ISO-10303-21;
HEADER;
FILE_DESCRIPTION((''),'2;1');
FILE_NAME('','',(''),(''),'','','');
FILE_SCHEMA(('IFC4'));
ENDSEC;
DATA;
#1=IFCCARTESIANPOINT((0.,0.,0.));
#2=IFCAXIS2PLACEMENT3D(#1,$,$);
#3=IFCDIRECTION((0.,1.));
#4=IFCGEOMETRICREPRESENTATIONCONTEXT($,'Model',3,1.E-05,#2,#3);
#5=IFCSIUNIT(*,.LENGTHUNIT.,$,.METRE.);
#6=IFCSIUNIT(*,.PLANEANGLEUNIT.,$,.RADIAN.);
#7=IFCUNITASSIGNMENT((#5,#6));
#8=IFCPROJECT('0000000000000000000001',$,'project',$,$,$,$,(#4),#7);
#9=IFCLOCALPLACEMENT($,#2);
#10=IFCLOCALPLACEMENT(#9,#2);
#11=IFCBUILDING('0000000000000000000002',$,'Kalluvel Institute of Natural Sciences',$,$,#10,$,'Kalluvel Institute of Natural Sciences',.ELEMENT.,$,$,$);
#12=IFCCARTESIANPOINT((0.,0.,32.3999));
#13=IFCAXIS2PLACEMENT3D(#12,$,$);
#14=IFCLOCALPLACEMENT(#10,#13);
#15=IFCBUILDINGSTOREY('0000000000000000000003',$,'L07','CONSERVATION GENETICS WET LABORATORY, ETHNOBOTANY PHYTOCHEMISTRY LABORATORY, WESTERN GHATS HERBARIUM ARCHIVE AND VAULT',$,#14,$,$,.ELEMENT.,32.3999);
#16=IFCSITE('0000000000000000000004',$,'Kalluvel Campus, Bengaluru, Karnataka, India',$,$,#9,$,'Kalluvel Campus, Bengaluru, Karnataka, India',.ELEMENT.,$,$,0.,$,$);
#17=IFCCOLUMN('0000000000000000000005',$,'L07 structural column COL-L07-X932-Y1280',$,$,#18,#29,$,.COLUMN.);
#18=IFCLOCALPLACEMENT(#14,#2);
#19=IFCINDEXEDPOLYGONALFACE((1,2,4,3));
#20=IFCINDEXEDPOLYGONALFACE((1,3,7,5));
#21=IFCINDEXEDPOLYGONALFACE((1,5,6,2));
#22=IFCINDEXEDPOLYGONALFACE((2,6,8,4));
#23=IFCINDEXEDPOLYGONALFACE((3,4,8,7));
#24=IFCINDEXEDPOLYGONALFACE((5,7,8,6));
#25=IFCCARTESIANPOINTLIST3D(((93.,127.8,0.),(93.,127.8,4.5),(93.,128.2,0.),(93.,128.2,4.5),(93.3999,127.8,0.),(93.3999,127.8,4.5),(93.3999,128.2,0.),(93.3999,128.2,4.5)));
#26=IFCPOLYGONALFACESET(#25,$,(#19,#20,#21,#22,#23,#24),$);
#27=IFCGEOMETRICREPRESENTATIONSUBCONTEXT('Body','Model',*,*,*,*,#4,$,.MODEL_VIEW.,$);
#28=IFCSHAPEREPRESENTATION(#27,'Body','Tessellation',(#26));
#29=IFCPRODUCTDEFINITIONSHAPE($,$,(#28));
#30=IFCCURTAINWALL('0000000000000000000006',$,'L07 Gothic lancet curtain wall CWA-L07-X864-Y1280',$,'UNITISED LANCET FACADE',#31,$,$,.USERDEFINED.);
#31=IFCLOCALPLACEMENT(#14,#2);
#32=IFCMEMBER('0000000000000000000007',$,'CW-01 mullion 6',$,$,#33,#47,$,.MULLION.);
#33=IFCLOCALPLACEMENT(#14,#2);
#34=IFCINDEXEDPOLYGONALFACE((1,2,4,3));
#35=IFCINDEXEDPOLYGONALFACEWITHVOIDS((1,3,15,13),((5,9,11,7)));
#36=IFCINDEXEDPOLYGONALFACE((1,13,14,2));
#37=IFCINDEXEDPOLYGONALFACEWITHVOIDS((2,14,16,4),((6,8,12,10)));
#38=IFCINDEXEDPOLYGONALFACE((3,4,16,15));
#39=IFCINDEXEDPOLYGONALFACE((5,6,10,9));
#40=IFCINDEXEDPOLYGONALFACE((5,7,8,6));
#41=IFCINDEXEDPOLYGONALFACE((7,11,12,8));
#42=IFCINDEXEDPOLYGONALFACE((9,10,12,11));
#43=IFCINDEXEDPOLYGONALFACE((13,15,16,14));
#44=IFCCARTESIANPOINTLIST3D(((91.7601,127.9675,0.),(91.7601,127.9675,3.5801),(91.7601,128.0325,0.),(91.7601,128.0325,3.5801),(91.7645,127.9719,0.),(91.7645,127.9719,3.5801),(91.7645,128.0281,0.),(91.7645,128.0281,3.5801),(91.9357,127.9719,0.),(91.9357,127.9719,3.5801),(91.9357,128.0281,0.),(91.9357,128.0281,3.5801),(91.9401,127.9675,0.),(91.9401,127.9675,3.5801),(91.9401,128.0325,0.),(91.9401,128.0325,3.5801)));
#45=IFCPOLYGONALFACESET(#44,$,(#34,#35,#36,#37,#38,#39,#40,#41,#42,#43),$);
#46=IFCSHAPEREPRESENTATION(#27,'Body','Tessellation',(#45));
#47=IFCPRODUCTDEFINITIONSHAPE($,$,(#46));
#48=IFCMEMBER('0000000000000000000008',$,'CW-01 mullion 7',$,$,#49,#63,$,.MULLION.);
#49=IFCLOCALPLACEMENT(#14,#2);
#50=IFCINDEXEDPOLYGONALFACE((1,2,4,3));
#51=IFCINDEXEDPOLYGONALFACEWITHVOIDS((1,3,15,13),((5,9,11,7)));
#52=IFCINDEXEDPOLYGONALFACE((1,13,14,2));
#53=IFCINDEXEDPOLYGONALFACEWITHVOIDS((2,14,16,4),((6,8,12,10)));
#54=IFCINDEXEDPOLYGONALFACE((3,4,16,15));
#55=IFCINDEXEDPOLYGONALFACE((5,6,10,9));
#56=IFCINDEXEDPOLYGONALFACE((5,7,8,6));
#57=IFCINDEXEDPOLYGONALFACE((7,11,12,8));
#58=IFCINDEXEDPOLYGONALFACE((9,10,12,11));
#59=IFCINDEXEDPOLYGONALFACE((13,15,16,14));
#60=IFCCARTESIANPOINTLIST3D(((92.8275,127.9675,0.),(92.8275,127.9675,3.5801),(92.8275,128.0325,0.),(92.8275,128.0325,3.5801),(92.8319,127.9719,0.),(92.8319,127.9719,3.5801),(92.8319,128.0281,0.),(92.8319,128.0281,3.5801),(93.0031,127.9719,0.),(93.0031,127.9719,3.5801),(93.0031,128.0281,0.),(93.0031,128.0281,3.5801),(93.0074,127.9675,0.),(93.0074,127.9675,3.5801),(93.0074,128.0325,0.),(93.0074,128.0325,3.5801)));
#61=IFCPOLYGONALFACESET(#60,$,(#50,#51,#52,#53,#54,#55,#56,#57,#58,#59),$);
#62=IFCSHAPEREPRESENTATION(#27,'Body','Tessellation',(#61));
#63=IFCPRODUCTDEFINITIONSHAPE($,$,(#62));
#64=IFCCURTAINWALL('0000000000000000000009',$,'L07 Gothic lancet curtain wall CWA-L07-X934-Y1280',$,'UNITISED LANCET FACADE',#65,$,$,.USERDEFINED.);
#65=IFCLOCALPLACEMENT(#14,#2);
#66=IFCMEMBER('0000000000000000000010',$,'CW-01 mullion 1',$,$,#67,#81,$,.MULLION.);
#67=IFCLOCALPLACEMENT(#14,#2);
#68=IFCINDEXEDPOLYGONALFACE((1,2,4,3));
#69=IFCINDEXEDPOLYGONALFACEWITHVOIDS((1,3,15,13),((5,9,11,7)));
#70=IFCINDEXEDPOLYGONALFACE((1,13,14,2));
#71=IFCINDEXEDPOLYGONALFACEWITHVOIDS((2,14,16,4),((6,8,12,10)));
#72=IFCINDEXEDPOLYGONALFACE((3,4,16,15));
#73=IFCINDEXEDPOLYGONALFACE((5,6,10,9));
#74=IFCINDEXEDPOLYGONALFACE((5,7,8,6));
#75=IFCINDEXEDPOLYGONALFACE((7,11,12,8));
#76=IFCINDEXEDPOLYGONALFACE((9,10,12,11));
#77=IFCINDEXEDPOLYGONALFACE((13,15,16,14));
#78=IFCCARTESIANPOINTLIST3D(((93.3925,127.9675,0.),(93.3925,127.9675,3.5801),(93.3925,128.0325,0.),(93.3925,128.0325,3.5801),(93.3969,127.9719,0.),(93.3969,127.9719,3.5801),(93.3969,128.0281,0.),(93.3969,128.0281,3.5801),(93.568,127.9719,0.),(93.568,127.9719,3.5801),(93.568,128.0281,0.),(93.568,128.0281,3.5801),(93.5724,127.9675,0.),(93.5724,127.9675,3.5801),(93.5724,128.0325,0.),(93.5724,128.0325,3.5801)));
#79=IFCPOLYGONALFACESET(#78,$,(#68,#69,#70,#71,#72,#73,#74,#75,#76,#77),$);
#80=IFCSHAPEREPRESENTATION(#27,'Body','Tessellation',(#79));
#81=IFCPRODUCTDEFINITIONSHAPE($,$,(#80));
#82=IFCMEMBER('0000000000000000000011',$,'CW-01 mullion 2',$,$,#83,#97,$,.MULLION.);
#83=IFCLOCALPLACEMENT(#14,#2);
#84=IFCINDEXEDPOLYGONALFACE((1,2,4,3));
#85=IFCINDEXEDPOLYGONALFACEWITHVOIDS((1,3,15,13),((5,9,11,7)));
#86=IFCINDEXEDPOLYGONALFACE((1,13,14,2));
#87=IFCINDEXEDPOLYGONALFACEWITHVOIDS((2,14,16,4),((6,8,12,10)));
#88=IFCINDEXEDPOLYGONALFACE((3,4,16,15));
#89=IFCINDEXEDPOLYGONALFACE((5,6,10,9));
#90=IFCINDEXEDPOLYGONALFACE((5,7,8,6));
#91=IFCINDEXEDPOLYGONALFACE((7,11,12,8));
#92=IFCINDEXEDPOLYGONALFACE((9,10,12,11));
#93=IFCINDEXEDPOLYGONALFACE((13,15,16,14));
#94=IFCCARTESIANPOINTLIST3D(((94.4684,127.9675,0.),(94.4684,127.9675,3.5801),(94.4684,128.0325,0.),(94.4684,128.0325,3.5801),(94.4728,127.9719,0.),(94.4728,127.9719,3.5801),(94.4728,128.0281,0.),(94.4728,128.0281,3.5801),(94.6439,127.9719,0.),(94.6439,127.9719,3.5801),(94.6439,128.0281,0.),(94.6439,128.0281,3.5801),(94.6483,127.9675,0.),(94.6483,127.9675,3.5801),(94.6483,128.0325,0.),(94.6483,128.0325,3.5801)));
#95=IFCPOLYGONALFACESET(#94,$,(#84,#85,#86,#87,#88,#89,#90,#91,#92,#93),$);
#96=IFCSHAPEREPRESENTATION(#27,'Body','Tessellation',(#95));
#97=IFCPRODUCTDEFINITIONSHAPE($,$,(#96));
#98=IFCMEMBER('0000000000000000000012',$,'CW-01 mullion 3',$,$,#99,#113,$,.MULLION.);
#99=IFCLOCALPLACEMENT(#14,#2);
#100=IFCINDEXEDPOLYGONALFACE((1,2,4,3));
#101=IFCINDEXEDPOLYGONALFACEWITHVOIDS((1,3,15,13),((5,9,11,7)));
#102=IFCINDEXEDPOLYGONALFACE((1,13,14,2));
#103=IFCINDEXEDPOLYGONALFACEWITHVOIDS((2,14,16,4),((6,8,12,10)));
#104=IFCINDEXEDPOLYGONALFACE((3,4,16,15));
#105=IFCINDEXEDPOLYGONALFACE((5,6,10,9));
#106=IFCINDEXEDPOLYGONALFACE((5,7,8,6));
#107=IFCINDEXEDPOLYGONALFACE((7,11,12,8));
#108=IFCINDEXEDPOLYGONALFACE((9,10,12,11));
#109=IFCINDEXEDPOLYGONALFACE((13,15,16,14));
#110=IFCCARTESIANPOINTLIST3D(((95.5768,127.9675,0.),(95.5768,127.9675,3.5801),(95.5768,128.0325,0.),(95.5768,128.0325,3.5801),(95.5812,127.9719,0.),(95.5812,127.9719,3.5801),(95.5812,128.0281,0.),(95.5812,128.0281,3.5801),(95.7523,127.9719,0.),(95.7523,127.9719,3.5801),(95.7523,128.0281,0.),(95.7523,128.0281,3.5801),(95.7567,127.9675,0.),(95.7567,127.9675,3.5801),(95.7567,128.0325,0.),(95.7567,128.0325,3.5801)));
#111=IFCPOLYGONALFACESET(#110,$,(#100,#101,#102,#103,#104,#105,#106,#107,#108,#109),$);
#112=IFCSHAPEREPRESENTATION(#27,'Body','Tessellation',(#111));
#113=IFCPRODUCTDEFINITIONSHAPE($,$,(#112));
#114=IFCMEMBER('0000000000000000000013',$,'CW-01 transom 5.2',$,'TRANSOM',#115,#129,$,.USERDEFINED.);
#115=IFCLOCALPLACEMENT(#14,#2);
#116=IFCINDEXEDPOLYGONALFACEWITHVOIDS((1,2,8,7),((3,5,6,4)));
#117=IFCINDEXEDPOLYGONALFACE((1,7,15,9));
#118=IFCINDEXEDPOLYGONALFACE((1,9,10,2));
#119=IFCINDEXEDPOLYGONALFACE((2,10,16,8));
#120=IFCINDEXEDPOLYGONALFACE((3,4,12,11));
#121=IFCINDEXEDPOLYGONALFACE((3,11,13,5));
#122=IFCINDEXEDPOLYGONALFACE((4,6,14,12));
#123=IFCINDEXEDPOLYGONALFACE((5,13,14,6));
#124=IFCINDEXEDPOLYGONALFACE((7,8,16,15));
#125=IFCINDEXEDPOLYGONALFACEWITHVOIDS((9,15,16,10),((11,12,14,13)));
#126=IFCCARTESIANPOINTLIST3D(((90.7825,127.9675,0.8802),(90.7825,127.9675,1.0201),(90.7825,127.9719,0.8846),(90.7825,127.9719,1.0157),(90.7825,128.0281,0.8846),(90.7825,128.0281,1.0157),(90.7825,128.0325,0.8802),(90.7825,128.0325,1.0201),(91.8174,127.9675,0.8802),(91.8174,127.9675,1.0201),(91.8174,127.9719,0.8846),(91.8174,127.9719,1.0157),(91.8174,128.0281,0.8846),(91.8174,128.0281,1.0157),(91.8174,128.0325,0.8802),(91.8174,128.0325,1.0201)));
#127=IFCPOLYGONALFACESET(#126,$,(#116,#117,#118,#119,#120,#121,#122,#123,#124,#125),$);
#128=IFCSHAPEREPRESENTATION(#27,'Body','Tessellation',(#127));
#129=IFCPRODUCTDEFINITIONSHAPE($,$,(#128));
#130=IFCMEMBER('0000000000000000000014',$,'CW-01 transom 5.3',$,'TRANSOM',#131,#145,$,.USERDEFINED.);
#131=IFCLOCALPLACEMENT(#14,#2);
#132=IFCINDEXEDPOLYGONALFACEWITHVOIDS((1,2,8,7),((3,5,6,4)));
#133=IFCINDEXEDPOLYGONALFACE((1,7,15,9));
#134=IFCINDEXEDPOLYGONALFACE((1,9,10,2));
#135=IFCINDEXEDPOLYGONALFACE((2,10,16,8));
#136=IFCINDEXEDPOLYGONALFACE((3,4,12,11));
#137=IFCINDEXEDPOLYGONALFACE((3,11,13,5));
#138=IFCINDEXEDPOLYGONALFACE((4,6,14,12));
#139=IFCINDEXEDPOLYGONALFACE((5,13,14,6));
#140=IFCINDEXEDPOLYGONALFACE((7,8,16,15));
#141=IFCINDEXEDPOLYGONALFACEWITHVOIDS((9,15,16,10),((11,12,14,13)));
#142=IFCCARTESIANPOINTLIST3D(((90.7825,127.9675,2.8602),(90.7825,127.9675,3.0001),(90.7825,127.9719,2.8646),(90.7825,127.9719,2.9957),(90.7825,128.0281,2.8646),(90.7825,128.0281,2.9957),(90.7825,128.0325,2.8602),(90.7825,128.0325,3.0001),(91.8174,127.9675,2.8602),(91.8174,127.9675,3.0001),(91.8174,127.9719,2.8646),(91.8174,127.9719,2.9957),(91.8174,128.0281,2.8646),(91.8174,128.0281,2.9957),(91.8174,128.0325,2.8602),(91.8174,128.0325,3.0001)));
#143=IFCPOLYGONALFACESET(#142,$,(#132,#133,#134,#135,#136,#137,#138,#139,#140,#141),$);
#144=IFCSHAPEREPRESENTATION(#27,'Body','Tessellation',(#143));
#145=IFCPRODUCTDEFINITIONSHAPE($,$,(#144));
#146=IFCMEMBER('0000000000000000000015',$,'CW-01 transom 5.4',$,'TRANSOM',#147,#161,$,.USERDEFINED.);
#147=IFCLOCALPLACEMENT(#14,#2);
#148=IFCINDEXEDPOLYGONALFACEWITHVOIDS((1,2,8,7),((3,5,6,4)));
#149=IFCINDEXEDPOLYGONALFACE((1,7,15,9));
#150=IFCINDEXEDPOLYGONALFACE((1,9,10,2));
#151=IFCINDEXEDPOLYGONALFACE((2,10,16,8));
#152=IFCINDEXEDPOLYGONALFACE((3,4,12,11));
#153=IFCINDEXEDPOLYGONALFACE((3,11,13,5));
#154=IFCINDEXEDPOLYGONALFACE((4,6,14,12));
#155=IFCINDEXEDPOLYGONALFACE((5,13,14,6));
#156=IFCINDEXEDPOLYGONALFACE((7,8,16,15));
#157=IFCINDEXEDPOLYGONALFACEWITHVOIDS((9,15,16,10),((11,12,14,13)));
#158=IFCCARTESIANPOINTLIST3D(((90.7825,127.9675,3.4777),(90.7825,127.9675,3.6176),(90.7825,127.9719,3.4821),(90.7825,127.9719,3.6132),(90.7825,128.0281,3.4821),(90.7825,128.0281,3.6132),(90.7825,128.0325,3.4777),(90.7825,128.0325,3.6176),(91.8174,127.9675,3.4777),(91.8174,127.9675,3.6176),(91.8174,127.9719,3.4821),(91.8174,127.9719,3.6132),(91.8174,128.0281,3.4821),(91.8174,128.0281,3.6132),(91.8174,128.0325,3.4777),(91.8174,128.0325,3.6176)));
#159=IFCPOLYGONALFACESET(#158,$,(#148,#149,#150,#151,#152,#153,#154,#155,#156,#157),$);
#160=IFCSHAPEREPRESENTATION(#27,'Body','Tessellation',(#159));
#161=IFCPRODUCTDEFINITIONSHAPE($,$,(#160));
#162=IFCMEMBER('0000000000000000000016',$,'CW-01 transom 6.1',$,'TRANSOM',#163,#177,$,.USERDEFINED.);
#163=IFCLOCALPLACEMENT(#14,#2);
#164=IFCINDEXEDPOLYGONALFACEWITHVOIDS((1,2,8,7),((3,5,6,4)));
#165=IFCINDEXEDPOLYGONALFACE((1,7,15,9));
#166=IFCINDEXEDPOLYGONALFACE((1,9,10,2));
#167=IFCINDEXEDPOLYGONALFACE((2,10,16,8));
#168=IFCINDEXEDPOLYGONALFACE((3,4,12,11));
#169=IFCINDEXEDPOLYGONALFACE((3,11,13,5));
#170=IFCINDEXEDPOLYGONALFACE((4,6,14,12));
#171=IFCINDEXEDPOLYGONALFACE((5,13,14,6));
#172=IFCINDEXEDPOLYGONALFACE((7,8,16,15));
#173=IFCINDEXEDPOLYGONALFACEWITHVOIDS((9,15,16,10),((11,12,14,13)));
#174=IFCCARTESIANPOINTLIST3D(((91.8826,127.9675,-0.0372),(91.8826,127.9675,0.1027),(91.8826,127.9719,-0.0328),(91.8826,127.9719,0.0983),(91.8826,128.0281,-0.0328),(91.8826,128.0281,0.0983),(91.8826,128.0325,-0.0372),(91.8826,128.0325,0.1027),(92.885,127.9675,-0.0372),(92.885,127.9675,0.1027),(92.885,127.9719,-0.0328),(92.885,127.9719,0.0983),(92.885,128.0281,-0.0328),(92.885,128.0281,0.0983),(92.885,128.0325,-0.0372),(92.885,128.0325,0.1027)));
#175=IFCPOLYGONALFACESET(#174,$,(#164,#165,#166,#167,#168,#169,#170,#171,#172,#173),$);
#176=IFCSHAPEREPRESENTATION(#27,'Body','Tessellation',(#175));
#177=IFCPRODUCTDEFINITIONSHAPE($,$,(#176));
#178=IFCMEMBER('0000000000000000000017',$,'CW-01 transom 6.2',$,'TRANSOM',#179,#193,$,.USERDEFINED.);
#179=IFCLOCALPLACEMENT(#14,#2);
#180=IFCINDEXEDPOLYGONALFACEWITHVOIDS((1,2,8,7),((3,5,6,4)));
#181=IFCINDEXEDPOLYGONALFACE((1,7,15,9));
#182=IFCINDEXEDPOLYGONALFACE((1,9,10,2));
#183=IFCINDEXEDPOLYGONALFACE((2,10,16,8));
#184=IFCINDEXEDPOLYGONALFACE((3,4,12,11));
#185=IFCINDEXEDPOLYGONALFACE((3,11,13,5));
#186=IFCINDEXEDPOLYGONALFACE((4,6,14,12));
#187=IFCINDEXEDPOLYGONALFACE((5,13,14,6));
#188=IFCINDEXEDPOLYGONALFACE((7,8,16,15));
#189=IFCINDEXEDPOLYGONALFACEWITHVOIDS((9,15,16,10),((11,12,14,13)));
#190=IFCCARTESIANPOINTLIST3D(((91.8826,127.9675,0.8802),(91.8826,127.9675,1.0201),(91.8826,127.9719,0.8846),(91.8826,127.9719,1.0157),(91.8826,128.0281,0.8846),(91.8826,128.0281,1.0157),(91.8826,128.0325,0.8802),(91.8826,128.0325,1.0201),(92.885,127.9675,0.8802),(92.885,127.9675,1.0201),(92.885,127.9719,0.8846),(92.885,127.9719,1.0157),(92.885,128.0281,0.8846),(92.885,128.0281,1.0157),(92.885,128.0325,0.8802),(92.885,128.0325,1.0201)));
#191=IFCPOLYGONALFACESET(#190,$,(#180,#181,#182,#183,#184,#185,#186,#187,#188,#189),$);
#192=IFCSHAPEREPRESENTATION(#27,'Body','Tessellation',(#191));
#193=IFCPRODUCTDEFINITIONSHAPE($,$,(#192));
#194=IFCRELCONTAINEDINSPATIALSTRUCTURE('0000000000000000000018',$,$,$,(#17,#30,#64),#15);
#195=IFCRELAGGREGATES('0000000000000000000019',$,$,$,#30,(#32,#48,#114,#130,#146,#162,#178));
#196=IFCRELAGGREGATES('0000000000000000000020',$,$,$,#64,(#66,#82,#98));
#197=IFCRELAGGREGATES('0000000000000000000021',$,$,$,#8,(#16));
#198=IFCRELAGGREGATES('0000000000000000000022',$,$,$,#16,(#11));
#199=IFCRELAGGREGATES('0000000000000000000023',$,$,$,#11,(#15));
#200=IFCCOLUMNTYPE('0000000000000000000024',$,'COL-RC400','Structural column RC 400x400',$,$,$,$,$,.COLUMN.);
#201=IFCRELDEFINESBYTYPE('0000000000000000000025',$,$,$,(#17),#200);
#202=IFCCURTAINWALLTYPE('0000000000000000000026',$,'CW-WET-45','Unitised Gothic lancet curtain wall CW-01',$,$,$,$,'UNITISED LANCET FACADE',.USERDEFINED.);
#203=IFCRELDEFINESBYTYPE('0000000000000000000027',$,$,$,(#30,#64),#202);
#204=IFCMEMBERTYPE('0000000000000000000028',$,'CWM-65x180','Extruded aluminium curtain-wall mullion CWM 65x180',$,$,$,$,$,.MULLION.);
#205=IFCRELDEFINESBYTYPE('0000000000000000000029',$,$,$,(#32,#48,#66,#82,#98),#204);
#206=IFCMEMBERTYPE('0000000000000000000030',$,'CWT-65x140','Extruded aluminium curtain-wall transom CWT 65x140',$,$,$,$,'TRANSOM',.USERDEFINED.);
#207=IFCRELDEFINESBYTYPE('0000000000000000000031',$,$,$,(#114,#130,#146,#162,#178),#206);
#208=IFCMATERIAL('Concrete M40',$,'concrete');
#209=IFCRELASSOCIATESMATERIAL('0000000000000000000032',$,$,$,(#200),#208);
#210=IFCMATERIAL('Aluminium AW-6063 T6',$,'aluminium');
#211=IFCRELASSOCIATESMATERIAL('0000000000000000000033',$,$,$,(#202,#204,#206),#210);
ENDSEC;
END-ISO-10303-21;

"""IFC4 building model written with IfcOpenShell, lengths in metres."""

from ifc_helpers import new_model, si_unit, direction, frame, origin, origin_2d, place, context, subcontext, project, spatial, rectangle, hollow_rectangle, extrude, material, material_profile, profile_set, type_object, element, aggregate, save


model = new_model("IFC4")

# Units and contexts
model_context = context("Model", 3, precision=1e-05, world=origin(), true_north=direction((0.0, 1.0)))
body_context = subcontext(model_context, "Body", "Model", "MODEL_VIEW")
ifc_project = project(units=[si_unit("LENGTHUNIT", "METRE"), si_unit("PLANEANGLEUNIT", "RADIAN")], contexts=[model_context])

# Site, building, storey
site_placement = place(None, origin())
site = spatial("IfcSite", under=ifc_project, at=site_placement, Name="Kalluvel Campus, Bengaluru, Karnataka, India", LongName="Kalluvel Campus, Bengaluru, Karnataka, India", CompositionType="ELEMENT", RefElevation=0.0)
building_placement = place(site_placement, origin())
building = spatial("IfcBuilding", under=site, at=building_placement, Name="Kalluvel Institute of Natural Sciences", LongName="Kalluvel Institute of Natural Sciences", CompositionType="ELEMENT")
storey_placement = place(building_placement, frame((0.0, 0.0, 32.3999)))
storey = spatial("IfcBuildingStorey", under=building, at=storey_placement, Name="L07", Description="CONSERVATION GENETICS WET LABORATORY, ETHNOBOTANY PHYTOCHEMISTRY LABORATORY, WESTERN GHATS HERBARIUM ARCHIVE AND VAULT", CompositionType="ELEMENT", Elevation=32.3999)

# Column
ifc_material_1 = material(Name="Concrete M40", Category="concrete")
ifc_material_profile_1 = material_profile(ifc_material_1, rectangle(XDim=0.3999, YDim=0.3999, at=origin_2d()), Name="RC 400x400")
ifc_profile_set_1 = profile_set([ifc_material_profile_1], Name="Concrete M40")
column_type = type_object("IfcColumnType", Name="COL-RC400", Description="Structural column RC 400x400", PredefinedType="COLUMN", material=ifc_profile_set_1)
column_placement = place(storey_placement, frame((93.2, 128.0, 0.0), z_axis=(0.0, 0.0, 1.0), x_axis=(1.0, 0.0, 0.0)))
element("IfcColumn", 1, at=column_placement, inside=storey, type_object=column_type, Name="L07 structural column COL-L07-X932-Y1280", PredefinedType="COLUMN", context=body_context, shape_type="SweptSolid", body=[
    extrude(rectangle(XDim=0.3999, YDim=0.3999, at=origin_2d()), origin(), (0.0, 0.0, 1.0), 4.5),
])

# Curtain walls, members
ifc_material_2 = material(Name="Aluminium AW-6063 T6", Category="aluminium")
curtain_wall_type = type_object("IfcCurtainWallType", Name="CW-WET-45", Description="Unitised Gothic lancet curtain wall CW-01", ElementType="UNITISED LANCET FACADE", PredefinedType="USERDEFINED", material=ifc_material_2)
curtain_wall_1_placement = place(storey_placement, origin())
curtain_wall_1 = element("IfcCurtainWall", 2, at=curtain_wall_1_placement, inside=storey, type_object=curtain_wall_type, Name="L07 Gothic lancet curtain wall CWA-L07-X864-Y1280", ObjectType="UNITISED LANCET FACADE", PredefinedType="USERDEFINED")
ifc_material_profile_2 = material_profile(ifc_material_2, hollow_rectangle(XDim=0.0649, YDim=0.1799, WallThickness=0.0044, at=origin_2d()), Name="CWM 65x180")
ifc_profile_set_2 = profile_set([ifc_material_profile_2], Name="Aluminium AW-6063 T6")
member_type_1 = type_object("IfcMemberType", Name="CWM-65x180", Description="Extruded aluminium curtain-wall mullion CWM 65x180", PredefinedType="MULLION", material=ifc_profile_set_2)
member_1_placement = place(storey_placement, frame((91.8501, 128.0, 0.0), z_axis=(0.0, 0.0, 1.0), x_axis=(0.0, 1.0, 0.0)))
member_1 = element("IfcMember", 3, at=member_1_placement, type_object=member_type_1, Name="CW-01 mullion 6", PredefinedType="MULLION", context=body_context, shape_type="SweptSolid", body=[
    extrude(hollow_rectangle(XDim=0.0649, YDim=0.1799, WallThickness=0.0044, at=origin_2d()), origin(), (0.0, 0.0, 1.0), 3.5801),
])
member_2_placement = place(storey_placement, frame((92.9175, 128.0, 0.0), z_axis=(0.0, 0.0, 1.0), x_axis=(0.0, 1.0, 0.0)))
member_2 = element("IfcMember", 4, at=member_2_placement, type_object=member_type_1, Name="CW-01 mullion 7", PredefinedType="MULLION", context=body_context, shape_type="SweptSolid", body=[
    extrude(hollow_rectangle(XDim=0.0649, YDim=0.1799, WallThickness=0.0044, at=origin_2d()), origin(), (0.0, 0.0, 1.0), 3.5801),
])
curtain_wall_2_placement = place(storey_placement, origin())
curtain_wall_2 = element("IfcCurtainWall", 5, at=curtain_wall_2_placement, inside=storey, type_object=curtain_wall_type, Name="L07 Gothic lancet curtain wall CWA-L07-X934-Y1280", ObjectType="UNITISED LANCET FACADE", PredefinedType="USERDEFINED")
member_3_placement = place(storey_placement, frame((93.4824, 128.0, 0.0), z_axis=(0.0, 0.0, 1.0), x_axis=(0.0, 1.0, 0.0)))
member_3 = element("IfcMember", 6, at=member_3_placement, type_object=member_type_1, Name="CW-01 mullion 1", PredefinedType="MULLION", context=body_context, shape_type="SweptSolid", body=[
    extrude(hollow_rectangle(XDim=0.0649, YDim=0.1799, WallThickness=0.0044, at=origin_2d()), origin(), (0.0, 0.0, 1.0), 3.5801),
])
member_4_placement = place(storey_placement, frame((94.5583, 128.0, 0.0), z_axis=(0.0, 0.0, 1.0), x_axis=(0.0, 1.0, 0.0)))
member_4 = element("IfcMember", 7, at=member_4_placement, type_object=member_type_1, Name="CW-01 mullion 2", PredefinedType="MULLION", context=body_context, shape_type="SweptSolid", body=[
    extrude(hollow_rectangle(XDim=0.0649, YDim=0.1799, WallThickness=0.0044, at=origin_2d()), origin(), (0.0, 0.0, 1.0), 3.5801),
])
member_5_placement = place(storey_placement, frame((95.6667, 128.0, 0.0), z_axis=(0.0, 0.0, 1.0), x_axis=(0.0, 1.0, 0.0)))
member_5 = element("IfcMember", 8, at=member_5_placement, type_object=member_type_1, Name="CW-01 mullion 3", PredefinedType="MULLION", context=body_context, shape_type="SweptSolid", body=[
    extrude(hollow_rectangle(XDim=0.0649, YDim=0.1799, WallThickness=0.0044, at=origin_2d()), origin(), (0.0, 0.0, 1.0), 3.5801),
])

# Members
ifc_material_profile_3 = material_profile(ifc_material_2, hollow_rectangle(XDim=0.0649, YDim=0.1399, WallThickness=0.0044, at=origin_2d()), Name="CWT 65x140")
ifc_profile_set_3 = profile_set([ifc_material_profile_3], Name="Aluminium AW-6063 T6")
member_type_2 = type_object("IfcMemberType", Name="CWT-65x140", Description="Extruded aluminium curtain-wall transom CWT 65x140", ElementType="TRANSOM", PredefinedType="USERDEFINED", material=ifc_profile_set_3)
member_6_placement = place(storey_placement, frame((90.7825, 128.0, 0.9502), z_axis=(1.0, 0.0, 0.0), x_axis=(0.0, 1.0, 0.0)))
member_6 = element("IfcMember", 9, at=member_6_placement, type_object=member_type_2, Name="CW-01 transom 5.2", ObjectType="TRANSOM", PredefinedType="USERDEFINED", context=body_context, shape_type="SweptSolid", body=[
    extrude(hollow_rectangle(XDim=0.0649, YDim=0.1399, WallThickness=0.0044, at=origin_2d()), origin(), (0.0, 0.0, 1.0), 1.0349),
])
member_7_placement = place(storey_placement, frame((90.7825, 128.0, 2.9302), z_axis=(1.0, 0.0, 0.0), x_axis=(0.0, 1.0, 0.0)))
member_7 = element("IfcMember", 10, at=member_7_placement, type_object=member_type_2, Name="CW-01 transom 5.3", ObjectType="TRANSOM", PredefinedType="USERDEFINED", context=body_context, shape_type="SweptSolid", body=[
    extrude(hollow_rectangle(XDim=0.0649, YDim=0.1399, WallThickness=0.0044, at=origin_2d()), origin(), (0.0, 0.0, 1.0), 1.0349),
])
member_8_placement = place(storey_placement, frame((90.7825, 128.0, 3.5476), z_axis=(1.0, 0.0, 0.0), x_axis=(0.0, 1.0, 0.0)))
member_8 = element("IfcMember", 11, at=member_8_placement, type_object=member_type_2, Name="CW-01 transom 5.4", ObjectType="TRANSOM", PredefinedType="USERDEFINED", context=body_context, shape_type="SweptSolid", body=[
    extrude(hollow_rectangle(XDim=0.0649, YDim=0.1399, WallThickness=0.0044, at=origin_2d()), origin(), (0.0, 0.0, 1.0), 1.0349),
])
member_9_placement = place(storey_placement, frame((91.8826, 128.0, 0.0327), z_axis=(1.0, 0.0, 0.0), x_axis=(0.0, 1.0, 0.0)))
member_9 = element("IfcMember", 12, at=member_9_placement, type_object=member_type_2, Name="CW-01 transom 6.1", ObjectType="TRANSOM", PredefinedType="USERDEFINED", context=body_context, shape_type="SweptSolid", body=[
    extrude(hollow_rectangle(XDim=0.0649, YDim=0.1399, WallThickness=0.0044, at=origin_2d()), origin(), (0.0, 0.0, 1.0), 1.0024),
])
member_10_placement = place(storey_placement, frame((91.8826, 128.0, 0.9502), z_axis=(1.0, 0.0, 0.0), x_axis=(0.0, 1.0, 0.0)))
member_10 = element("IfcMember", 13, at=member_10_placement, type_object=member_type_2, Name="CW-01 transom 6.2", ObjectType="TRANSOM", PredefinedType="USERDEFINED", context=body_context, shape_type="SweptSolid", body=[
    extrude(hollow_rectangle(XDim=0.0649, YDim=0.1399, WallThickness=0.0044, at=origin_2d()), origin(), (0.0, 0.0, 1.0), 1.0024),
])

aggregate(curtain_wall_1, [member_1, member_2, member_6, member_7, member_8, member_9, member_10])
aggregate(curtain_wall_2, [member_3, member_4, member_5])

save(model, "model.ifc")
